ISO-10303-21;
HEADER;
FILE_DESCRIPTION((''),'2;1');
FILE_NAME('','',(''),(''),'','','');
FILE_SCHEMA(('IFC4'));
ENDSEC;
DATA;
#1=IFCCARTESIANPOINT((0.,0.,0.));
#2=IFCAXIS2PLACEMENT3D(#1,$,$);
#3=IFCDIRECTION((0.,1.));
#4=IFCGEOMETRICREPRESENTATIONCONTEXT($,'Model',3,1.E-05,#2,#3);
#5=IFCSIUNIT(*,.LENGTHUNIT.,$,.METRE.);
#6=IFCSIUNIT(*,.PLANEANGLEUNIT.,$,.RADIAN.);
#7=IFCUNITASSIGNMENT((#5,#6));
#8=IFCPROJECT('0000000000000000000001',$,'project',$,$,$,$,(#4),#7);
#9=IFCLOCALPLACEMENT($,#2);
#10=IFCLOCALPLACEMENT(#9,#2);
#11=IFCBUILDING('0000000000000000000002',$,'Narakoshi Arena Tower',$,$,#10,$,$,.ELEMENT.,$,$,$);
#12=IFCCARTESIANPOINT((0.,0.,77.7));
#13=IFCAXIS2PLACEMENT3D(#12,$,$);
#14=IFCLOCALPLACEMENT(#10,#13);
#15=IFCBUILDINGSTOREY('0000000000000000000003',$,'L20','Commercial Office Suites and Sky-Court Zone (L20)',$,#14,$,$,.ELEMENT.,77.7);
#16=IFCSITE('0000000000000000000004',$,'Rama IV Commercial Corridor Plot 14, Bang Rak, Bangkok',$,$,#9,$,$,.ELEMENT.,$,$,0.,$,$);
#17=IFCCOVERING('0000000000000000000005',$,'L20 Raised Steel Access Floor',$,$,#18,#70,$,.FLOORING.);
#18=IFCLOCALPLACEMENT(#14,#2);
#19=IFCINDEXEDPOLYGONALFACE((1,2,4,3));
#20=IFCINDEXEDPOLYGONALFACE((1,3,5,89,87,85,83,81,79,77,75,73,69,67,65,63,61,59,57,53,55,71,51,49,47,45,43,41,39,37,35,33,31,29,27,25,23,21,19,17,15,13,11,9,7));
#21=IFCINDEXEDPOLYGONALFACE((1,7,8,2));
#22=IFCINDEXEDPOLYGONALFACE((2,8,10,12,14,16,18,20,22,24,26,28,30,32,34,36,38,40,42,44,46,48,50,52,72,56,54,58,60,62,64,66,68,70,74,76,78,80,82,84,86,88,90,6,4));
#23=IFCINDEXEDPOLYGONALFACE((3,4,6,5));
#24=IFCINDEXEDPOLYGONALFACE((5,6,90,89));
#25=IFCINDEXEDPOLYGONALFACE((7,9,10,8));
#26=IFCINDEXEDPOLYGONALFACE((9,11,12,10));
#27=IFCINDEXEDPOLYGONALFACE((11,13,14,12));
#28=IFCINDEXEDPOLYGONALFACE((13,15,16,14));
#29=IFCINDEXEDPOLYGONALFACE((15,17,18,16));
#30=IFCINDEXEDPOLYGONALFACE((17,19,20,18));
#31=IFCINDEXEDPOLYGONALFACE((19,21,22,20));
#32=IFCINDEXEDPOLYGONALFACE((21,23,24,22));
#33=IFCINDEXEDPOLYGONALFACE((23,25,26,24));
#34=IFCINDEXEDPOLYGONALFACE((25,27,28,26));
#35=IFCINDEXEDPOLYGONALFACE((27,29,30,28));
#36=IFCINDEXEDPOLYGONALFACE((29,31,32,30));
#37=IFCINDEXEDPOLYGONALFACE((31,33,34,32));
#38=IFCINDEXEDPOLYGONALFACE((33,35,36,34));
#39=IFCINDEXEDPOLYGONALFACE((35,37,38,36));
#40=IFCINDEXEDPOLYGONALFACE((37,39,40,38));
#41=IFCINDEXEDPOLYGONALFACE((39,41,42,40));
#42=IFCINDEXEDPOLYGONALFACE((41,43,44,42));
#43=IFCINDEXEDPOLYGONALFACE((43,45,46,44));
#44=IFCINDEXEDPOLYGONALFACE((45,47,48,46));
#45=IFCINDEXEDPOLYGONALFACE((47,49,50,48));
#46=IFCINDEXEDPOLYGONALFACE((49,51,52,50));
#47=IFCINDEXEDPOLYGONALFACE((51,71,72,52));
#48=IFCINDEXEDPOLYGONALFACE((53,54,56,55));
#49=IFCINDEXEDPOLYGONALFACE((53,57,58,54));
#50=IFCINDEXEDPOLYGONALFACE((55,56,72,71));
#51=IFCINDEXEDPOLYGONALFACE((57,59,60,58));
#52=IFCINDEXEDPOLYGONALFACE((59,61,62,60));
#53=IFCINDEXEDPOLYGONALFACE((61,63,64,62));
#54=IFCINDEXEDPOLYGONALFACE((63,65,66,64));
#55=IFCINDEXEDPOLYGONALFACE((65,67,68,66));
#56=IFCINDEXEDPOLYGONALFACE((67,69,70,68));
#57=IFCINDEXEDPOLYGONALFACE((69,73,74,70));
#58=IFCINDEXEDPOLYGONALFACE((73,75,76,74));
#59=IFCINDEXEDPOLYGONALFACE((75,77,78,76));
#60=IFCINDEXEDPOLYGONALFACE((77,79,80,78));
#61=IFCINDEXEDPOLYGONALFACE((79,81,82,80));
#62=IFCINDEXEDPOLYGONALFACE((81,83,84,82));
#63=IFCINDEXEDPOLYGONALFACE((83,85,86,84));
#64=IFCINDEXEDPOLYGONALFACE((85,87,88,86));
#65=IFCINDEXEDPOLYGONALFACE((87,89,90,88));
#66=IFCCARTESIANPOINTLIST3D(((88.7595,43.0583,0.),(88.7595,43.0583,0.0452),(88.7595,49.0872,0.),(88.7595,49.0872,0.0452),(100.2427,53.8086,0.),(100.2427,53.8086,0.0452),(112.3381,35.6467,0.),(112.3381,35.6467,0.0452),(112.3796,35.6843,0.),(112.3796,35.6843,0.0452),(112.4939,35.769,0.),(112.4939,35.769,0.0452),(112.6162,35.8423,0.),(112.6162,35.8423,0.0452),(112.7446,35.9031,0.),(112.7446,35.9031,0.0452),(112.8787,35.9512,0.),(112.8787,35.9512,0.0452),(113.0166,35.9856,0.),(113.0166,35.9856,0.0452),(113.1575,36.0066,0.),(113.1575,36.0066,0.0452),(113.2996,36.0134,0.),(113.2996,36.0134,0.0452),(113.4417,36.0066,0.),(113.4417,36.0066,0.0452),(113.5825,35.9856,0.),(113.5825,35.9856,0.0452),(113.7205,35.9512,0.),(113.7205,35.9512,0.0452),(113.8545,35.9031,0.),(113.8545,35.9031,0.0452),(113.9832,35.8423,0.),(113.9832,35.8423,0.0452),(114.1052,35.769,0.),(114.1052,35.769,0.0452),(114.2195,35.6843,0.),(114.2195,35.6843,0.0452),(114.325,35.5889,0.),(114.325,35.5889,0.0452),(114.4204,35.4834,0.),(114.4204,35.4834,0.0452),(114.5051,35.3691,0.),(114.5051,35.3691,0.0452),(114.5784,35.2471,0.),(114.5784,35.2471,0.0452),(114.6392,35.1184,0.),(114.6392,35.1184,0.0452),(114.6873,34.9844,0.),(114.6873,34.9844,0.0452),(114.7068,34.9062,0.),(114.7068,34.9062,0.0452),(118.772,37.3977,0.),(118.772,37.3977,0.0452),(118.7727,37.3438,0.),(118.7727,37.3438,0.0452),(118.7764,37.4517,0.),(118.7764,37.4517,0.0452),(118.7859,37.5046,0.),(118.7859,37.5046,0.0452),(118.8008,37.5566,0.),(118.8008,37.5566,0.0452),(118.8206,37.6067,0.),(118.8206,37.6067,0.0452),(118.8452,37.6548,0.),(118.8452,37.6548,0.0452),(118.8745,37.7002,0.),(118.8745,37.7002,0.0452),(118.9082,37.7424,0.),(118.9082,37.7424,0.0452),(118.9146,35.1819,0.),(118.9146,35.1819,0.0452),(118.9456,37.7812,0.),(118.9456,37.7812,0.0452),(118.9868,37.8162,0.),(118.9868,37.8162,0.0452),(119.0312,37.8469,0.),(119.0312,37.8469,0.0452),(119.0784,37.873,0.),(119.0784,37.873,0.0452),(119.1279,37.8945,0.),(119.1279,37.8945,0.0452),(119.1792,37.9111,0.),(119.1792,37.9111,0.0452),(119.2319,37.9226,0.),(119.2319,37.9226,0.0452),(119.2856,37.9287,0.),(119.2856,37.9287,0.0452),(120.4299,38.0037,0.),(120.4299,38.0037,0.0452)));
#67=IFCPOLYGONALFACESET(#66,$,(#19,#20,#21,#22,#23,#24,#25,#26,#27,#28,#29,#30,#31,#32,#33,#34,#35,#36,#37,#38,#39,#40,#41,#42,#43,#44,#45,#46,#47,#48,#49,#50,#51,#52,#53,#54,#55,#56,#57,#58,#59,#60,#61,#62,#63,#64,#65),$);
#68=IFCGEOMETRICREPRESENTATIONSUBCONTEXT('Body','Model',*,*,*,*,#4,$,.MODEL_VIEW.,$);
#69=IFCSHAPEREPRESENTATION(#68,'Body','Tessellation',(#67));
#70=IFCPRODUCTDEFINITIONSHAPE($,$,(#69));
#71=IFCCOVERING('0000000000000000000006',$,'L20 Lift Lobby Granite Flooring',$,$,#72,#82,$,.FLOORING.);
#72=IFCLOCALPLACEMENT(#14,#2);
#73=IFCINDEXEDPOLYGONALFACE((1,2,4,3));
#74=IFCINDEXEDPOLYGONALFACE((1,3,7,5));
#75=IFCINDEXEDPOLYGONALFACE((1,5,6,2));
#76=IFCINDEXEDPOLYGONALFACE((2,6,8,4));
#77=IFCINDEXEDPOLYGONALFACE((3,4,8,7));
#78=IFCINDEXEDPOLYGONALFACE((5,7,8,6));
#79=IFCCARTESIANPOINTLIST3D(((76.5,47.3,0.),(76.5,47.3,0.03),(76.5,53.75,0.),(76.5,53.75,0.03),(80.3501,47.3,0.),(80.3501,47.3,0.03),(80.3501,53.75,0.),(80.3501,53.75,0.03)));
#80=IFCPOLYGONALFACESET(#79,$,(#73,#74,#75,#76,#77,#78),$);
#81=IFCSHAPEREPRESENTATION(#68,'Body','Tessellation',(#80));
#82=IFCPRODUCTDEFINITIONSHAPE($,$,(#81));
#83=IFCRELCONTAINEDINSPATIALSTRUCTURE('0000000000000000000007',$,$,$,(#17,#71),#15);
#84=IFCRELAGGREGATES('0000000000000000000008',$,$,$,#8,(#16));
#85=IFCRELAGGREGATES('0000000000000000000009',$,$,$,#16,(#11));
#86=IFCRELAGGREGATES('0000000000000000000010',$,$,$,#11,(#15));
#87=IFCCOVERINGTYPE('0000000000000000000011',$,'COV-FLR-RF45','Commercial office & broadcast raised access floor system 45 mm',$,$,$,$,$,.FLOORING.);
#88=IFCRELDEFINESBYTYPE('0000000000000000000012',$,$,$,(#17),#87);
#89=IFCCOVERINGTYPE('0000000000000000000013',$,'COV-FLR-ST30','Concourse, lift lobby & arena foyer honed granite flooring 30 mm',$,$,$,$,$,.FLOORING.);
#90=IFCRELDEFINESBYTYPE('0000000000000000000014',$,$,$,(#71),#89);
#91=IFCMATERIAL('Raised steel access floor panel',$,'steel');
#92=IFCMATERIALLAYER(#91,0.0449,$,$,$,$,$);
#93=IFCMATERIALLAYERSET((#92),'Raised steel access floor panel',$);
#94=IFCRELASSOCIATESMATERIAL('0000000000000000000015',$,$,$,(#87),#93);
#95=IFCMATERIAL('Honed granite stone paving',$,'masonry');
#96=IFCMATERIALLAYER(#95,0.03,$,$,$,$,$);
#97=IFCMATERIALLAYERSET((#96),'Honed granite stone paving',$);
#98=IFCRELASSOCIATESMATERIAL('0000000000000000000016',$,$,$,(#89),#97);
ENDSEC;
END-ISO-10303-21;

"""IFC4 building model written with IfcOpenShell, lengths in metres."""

from ifc_helpers import new_model, si_unit, direction, frame, origin, place, context, subcontext, project, spatial, polyline, outline, extrude, material, layer, layer_set, type_object, element, save


model = new_model("IFC4")

# Units and contexts
model_context = context("Model", 3, precision=1e-05, world=origin(), true_north=direction((0.0, 1.0)))
body_context = subcontext(model_context, "Body", "Model", "MODEL_VIEW")
ifc_project = project(units=[si_unit("LENGTHUNIT", "METRE"), si_unit("PLANEANGLEUNIT", "RADIAN")], contexts=[model_context])

# Site, building, storey
site_placement = place(None, origin())
site = spatial("IfcSite", under=ifc_project, at=site_placement, Name="Rama IV Commercial Corridor Plot 14, Bang Rak, Bangkok", CompositionType="ELEMENT", RefElevation=0.0)
building_placement = place(site_placement, origin())
building = spatial("IfcBuilding", under=site, at=building_placement, Name="Narakoshi Arena Tower", CompositionType="ELEMENT")
storey_placement = place(building_placement, frame((0.0, 0.0, 77.7)))
storey = spatial("IfcBuildingStorey", under=building, at=storey_placement, Name="L20", Description="Commercial Office Suites and Sky-Court Zone (L20)", CompositionType="ELEMENT", Elevation=77.7)

# Coverings
ifc_material_1 = material(Name="Raised steel access floor panel", Category="steel")
ifc_layer_1 = layer(ifc_material_1, 0.0449)
ifc_layer_set_1 = layer_set([ifc_layer_1], Name="Raised steel access floor panel")
covering_type_1 = type_object("IfcCoveringType", Name="COV-FLR-RF45", Description="Commercial office & broadcast raised access floor system 45 mm", PredefinedType="FLOORING", material=ifc_layer_set_1)
covering_1_placement = place(storey_placement, origin())
element("IfcCovering", 1, at=covering_1_placement, inside=storey, type_object=covering_type_1, Name="L20 Raised Steel Access Floor", PredefinedType="FLOORING", context=body_context, shape_type="SweptSolid", body=[
    extrude(outline(polyline([(119.2856, 37.9287), (119.2319, 37.9226), (119.1792, 37.9111), (119.1279, 37.8945), (119.0784, 37.873), (119.0312, 37.8469), (118.9868, 37.8162), (118.9456, 37.7812), (118.9082, 37.7424), (118.8745, 37.7002), (118.8452, 37.6548), (118.8206, 37.6067), (118.8008, 37.5566), (118.7859, 37.5046), (118.7764, 37.4517), (118.772, 37.3977), (118.7727, 37.3438), (118.9146, 35.1819), (114.7068, 34.9062), (114.6873, 34.9844), (114.6392, 35.1184), (114.5784, 35.2471), (114.5051, 35.3691), (114.4204, 35.4834), (114.325, 35.5889), (114.2195, 35.6843), (114.1052, 35.769), (113.9832, 35.8423), (113.8545, 35.9031), (113.7205, 35.9512), (113.5825, 35.9856), (113.4417, 36.0066), (113.2996, 36.0134), (113.1575, 36.0066), (113.0166, 35.9856), (112.8787, 35.9512), (112.7446, 35.9031), (112.6162, 35.8423), (112.4939, 35.769), (112.3796, 35.6843), (112.3381, 35.6467), (88.7595, 43.0583), (88.7595, 49.0872), (100.2427, 53.8086), (120.4299, 38.0037), (119.2856, 37.9287)])), origin(), (0.0, 0.0, 1.0), 0.0452),
])
ifc_material_2 = material(Name="Honed granite stone paving", Category="masonry")
ifc_layer_2 = layer(ifc_material_2, 0.03)
ifc_layer_set_2 = layer_set([ifc_layer_2], Name="Honed granite stone paving")
covering_type_2 = type_object("IfcCoveringType", Name="COV-FLR-ST30", Description="Concourse, lift lobby & arena foyer honed granite flooring 30 mm", PredefinedType="FLOORING", material=ifc_layer_set_2)
covering_2_placement = place(storey_placement, origin())
element("IfcCovering", 2, at=covering_2_placement, inside=storey, type_object=covering_type_2, Name="L20 Lift Lobby Granite Flooring", PredefinedType="FLOORING", context=body_context, shape_type="SweptSolid", body=[
    extrude(outline(polyline([(76.5, 47.3), (80.3501, 47.3), (80.3501, 53.75), (76.5, 53.75), (76.5, 47.3)])), origin(), (0.0, 0.0, 1.0), 0.03),
])

save(model, "model.ifc")
